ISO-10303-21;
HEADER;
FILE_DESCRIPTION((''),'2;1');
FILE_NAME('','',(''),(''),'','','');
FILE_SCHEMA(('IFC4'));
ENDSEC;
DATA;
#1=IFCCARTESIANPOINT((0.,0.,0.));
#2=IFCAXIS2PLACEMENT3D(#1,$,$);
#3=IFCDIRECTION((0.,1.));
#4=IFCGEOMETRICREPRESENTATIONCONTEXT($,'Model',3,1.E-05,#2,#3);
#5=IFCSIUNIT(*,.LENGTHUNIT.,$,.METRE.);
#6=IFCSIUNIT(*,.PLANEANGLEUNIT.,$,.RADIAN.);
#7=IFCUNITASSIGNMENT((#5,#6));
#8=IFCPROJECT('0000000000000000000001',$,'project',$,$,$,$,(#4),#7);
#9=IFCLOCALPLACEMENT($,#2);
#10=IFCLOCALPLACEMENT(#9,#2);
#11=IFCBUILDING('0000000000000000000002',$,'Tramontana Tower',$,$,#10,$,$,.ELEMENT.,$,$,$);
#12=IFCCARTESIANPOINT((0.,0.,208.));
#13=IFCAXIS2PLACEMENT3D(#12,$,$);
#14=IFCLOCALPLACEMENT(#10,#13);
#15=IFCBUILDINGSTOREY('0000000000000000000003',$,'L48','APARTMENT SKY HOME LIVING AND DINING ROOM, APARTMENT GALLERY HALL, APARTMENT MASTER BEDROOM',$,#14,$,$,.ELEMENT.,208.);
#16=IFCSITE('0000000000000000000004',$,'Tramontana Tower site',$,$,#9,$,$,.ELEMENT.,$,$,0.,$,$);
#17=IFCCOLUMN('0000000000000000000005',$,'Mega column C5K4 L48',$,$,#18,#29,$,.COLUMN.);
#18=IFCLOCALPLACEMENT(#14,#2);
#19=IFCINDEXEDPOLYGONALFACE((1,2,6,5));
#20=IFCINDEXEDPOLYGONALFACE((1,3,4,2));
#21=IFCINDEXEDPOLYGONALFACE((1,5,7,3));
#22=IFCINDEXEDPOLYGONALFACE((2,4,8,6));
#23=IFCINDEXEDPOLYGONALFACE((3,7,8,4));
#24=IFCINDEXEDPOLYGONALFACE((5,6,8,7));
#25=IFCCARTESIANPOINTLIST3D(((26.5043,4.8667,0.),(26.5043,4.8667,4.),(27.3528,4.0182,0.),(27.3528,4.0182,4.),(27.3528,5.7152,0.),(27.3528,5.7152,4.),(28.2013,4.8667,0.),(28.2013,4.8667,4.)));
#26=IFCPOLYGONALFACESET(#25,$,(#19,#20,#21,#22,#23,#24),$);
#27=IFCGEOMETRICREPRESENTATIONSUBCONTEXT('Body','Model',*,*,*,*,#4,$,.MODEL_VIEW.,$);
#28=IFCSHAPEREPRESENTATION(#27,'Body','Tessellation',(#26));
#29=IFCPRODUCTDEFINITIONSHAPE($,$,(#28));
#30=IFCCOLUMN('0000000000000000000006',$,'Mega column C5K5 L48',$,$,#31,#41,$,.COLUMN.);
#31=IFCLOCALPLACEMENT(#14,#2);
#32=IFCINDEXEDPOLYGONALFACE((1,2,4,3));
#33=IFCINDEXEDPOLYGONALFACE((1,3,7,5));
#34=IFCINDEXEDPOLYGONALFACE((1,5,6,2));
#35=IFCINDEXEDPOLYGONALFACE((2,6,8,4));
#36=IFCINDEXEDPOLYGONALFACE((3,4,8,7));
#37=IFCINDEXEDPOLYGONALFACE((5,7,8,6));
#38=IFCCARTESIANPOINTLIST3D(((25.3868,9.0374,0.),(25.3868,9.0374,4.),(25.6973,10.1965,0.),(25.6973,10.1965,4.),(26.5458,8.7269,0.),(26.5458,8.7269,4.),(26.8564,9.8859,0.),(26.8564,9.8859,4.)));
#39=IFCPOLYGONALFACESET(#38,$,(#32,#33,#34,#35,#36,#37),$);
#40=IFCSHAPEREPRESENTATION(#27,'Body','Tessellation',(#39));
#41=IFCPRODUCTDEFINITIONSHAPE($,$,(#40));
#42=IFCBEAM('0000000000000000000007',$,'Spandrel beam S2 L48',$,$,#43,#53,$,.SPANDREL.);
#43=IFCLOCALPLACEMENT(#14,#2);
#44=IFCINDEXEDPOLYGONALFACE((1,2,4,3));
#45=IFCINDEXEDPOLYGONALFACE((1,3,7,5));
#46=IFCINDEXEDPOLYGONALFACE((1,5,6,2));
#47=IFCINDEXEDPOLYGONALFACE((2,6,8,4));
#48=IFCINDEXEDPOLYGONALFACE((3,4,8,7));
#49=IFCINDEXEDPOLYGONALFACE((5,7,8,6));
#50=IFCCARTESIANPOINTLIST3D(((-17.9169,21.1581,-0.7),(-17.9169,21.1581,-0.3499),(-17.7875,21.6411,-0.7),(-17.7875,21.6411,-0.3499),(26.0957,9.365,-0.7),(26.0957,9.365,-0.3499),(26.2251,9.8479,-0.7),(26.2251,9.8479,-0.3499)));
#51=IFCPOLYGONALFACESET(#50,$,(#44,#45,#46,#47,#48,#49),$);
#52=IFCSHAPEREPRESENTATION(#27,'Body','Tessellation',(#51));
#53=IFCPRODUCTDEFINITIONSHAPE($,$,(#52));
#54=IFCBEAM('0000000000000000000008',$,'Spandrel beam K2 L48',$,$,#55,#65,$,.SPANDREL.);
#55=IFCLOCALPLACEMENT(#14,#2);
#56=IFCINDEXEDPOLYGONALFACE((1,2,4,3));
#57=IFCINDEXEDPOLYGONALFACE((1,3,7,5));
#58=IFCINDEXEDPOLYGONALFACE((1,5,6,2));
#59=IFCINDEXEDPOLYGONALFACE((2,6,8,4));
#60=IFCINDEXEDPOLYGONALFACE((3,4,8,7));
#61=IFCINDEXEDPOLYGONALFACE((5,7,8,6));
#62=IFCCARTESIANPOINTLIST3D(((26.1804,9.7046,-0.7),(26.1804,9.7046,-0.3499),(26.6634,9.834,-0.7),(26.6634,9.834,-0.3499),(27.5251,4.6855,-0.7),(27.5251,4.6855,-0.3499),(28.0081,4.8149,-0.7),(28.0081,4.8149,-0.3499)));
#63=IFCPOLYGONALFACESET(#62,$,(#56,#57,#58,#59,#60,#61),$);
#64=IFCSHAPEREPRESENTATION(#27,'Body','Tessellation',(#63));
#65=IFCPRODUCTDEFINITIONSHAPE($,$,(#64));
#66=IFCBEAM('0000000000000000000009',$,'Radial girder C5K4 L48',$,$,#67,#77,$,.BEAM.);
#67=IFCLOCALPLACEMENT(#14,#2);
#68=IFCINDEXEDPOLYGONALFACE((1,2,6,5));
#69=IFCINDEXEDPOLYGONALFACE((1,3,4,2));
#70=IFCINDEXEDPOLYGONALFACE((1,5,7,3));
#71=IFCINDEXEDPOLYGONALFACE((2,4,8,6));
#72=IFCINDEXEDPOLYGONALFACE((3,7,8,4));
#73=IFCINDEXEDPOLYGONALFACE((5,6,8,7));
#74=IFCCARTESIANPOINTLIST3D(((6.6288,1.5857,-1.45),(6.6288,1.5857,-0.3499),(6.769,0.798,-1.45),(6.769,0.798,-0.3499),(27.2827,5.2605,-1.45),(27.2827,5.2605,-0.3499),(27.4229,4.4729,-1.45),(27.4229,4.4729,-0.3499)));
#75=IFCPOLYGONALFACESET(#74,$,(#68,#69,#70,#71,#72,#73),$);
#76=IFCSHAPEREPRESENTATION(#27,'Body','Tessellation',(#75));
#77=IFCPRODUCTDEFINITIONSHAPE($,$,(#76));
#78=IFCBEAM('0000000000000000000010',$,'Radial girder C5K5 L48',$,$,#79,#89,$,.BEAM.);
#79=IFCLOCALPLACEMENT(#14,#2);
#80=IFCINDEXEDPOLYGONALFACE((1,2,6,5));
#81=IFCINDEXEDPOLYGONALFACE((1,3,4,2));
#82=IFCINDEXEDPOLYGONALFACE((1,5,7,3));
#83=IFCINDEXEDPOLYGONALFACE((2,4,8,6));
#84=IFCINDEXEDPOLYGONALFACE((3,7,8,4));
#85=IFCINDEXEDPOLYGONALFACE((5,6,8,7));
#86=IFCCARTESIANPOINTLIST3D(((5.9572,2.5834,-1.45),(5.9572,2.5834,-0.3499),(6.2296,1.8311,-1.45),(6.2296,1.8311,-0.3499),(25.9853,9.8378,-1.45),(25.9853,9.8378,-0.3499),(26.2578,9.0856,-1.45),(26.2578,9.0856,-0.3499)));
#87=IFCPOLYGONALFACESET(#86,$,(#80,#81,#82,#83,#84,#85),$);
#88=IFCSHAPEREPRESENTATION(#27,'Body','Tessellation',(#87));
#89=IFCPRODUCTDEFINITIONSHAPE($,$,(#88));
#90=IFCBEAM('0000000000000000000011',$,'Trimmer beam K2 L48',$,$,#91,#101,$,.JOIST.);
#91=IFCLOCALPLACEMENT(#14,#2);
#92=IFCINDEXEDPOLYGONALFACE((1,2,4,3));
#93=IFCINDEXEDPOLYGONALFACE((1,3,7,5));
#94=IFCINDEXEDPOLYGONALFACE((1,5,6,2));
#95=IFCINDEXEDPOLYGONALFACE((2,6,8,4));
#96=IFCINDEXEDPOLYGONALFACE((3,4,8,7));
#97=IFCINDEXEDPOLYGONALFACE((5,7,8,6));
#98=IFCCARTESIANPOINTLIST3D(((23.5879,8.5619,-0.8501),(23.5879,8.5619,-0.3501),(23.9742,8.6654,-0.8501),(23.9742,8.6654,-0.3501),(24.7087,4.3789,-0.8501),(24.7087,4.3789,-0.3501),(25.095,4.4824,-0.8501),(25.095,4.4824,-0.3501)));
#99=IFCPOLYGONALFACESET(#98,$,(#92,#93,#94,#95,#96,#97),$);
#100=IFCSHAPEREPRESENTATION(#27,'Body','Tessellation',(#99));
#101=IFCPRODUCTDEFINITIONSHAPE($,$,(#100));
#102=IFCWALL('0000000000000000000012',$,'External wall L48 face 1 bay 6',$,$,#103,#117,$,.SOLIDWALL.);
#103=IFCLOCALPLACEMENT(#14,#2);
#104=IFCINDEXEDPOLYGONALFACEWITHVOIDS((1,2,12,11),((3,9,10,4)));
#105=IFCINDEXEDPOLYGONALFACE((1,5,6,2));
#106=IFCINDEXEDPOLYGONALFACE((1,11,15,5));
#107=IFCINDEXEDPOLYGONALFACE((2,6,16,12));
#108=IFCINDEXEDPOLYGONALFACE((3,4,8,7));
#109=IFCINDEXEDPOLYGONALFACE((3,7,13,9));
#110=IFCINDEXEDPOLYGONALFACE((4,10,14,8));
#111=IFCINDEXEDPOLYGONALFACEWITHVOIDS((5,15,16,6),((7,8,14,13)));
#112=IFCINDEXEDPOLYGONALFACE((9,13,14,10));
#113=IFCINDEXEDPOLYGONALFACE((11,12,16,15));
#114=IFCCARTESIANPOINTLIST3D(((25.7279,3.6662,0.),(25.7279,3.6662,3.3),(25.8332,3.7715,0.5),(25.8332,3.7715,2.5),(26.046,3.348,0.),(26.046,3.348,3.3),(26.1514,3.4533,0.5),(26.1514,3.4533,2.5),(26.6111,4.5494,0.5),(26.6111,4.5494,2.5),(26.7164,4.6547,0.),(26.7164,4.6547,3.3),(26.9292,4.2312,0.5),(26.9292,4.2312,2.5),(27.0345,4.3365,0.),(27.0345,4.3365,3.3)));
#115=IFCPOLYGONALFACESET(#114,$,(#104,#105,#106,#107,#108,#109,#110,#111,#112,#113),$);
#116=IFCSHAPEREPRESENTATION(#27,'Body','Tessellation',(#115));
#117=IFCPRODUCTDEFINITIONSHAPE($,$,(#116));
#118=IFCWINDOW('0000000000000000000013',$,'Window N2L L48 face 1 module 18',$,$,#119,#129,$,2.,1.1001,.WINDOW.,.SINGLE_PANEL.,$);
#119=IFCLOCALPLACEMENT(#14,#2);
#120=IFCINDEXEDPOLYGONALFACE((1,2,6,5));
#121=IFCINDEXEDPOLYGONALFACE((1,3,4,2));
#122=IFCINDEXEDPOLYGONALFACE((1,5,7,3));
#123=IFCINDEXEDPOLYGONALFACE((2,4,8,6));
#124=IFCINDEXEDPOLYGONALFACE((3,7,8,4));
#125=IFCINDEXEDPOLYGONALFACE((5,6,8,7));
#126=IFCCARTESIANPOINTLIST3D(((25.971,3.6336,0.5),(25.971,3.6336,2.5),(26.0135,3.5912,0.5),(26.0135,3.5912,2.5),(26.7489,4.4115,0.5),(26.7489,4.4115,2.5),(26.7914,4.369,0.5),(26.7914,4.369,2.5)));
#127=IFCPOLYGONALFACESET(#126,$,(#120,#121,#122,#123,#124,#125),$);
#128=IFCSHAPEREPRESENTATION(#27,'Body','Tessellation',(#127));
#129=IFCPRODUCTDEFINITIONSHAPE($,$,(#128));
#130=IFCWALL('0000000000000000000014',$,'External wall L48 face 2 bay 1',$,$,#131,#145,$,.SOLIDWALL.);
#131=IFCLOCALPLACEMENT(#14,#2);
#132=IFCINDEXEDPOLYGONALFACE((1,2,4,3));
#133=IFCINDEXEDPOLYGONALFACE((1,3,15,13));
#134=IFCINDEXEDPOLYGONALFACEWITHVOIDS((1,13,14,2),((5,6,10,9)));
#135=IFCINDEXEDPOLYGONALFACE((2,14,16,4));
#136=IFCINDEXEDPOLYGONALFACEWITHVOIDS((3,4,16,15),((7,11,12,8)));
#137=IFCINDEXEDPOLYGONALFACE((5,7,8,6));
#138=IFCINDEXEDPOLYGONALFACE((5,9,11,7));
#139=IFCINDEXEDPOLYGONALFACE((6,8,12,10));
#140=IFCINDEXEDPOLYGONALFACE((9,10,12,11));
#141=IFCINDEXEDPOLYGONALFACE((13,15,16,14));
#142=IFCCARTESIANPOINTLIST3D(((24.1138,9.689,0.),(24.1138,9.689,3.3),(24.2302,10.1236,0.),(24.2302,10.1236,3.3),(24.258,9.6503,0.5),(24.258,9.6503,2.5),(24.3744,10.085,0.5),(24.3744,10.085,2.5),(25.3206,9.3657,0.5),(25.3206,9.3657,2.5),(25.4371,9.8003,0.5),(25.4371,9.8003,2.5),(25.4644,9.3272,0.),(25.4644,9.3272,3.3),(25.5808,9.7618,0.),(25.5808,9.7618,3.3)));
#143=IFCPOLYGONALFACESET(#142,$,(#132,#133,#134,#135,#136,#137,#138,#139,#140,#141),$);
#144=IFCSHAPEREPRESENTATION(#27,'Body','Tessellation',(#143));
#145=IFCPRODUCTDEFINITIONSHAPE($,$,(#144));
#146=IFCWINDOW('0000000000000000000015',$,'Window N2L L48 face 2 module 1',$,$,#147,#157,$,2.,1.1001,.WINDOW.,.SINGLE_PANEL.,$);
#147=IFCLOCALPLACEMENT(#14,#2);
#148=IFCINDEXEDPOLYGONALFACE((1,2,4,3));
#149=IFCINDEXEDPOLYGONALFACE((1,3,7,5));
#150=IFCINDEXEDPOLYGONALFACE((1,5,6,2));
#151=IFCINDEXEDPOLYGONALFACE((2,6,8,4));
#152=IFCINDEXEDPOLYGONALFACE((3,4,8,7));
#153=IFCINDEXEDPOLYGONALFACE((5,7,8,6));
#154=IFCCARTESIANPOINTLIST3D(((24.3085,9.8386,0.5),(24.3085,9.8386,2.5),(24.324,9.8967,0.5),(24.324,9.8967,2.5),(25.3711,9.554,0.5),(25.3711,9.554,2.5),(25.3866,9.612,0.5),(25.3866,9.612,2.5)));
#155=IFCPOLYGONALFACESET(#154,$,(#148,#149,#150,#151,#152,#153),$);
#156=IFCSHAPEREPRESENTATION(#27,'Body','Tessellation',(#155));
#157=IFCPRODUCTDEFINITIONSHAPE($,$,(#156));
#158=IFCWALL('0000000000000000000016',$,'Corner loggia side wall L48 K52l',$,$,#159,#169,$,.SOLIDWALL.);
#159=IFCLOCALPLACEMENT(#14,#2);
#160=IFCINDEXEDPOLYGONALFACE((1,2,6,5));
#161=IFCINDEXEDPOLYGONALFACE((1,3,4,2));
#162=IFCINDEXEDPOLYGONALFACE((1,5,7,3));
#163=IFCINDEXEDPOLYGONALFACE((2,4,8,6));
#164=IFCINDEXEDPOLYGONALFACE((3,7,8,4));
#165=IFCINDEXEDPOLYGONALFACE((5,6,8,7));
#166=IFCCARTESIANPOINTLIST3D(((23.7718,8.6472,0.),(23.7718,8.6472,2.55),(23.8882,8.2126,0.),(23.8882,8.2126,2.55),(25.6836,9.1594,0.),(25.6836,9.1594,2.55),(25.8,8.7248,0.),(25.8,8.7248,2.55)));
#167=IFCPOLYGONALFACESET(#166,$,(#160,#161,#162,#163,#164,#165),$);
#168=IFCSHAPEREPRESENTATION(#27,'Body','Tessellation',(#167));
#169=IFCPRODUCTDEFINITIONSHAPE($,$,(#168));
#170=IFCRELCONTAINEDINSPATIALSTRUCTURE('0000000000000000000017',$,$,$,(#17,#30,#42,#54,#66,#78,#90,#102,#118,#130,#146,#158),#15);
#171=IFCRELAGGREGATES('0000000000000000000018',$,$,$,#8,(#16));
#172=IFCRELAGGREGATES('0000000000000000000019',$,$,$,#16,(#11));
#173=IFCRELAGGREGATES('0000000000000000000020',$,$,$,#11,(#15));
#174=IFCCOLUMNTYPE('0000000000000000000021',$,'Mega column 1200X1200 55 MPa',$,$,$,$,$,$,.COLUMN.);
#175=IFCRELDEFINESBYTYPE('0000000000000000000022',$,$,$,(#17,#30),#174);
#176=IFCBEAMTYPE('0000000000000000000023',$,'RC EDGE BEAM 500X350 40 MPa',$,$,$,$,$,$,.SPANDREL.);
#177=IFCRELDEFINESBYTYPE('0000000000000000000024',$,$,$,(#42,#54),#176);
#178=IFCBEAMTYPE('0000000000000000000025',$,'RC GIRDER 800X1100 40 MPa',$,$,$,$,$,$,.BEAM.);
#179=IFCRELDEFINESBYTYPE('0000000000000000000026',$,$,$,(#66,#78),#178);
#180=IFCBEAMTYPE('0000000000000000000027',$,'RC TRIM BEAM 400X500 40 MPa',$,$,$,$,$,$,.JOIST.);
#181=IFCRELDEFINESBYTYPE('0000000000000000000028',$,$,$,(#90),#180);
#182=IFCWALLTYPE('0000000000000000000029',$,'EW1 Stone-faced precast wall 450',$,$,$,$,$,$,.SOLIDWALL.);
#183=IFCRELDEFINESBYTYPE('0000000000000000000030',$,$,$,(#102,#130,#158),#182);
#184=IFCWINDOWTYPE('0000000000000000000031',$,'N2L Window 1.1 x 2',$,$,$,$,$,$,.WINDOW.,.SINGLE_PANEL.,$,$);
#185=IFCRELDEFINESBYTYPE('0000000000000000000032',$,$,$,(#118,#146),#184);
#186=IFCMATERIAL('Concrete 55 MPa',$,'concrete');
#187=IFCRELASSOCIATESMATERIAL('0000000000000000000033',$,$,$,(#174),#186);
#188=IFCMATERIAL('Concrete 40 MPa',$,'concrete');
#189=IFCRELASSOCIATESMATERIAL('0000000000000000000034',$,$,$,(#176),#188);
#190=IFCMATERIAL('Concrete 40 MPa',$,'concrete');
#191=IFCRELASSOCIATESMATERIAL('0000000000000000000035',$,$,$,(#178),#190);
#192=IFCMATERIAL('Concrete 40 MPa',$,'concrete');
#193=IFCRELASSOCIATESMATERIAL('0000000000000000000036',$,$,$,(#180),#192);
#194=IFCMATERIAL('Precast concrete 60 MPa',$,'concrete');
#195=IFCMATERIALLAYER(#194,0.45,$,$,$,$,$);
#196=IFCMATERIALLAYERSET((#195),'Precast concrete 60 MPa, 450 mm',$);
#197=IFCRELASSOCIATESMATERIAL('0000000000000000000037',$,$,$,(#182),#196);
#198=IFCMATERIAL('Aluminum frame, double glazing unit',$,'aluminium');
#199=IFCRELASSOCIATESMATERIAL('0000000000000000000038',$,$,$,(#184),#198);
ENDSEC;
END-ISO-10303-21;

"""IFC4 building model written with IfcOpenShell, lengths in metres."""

from ifc_helpers import new_model, si_unit, direction, frame, frame_2d, origin, origin_2d, place, context, subcontext, project, spatial, rectangle, extrude, material, layer, layer_set, material_profile, profile_set, type_object, element, fill, save


model = new_model("IFC4")

# Units and contexts
model_context = context("Model", 3, precision=1e-05, world=origin(), true_north=direction((0.0, 1.0)))
body_context = subcontext(model_context, "Body", "Model", "MODEL_VIEW")
ifc_project = project(units=[si_unit("LENGTHUNIT", "METRE"), si_unit("PLANEANGLEUNIT", "RADIAN")], contexts=[model_context])

# Site, building, storey
site_placement = place(None, origin())
site = spatial("IfcSite", under=ifc_project, at=site_placement, Name="Tramontana Tower site", CompositionType="ELEMENT", RefElevation=0.0)
building_placement = place(site_placement, origin())
building = spatial("IfcBuilding", under=site, at=building_placement, Name="Tramontana Tower", CompositionType="ELEMENT")
storey_placement = place(building_placement, frame((0.0, 0.0, 208.0)))
storey = spatial("IfcBuildingStorey", under=building, at=storey_placement, Name="L48", Description="APARTMENT SKY HOME LIVING AND DINING ROOM, APARTMENT GALLERY HALL, APARTMENT MASTER BEDROOM", CompositionType="ELEMENT", Elevation=208.0)

# Columns
ifc_material_1 = material(Name="Concrete 55 MPa", Category="concrete")
ifc_material_profile_1 = material_profile(ifc_material_1, rectangle(XDim=1.2, YDim=1.2, at=origin_2d()), Name="Mega column 1200X1200 55 MPa")
ifc_profile_set_1 = profile_set([ifc_material_profile_1], Name="Concrete 55 MPa")
column_type = type_object("IfcColumnType", Name="Mega column 1200X1200 55 MPa", PredefinedType="COLUMN", material=ifc_profile_set_1)
for number, where, z_axis, x_axis, name in (
    (1, (27.3528, 4.8667, 0.0), (0.0, 0.0, 1.0), (0.707107, 0.707107, 0.0), "Mega column C5K4 L48"),
    (2, (26.1216, 9.4617, 0.0), (0.0, 0.0, 1.0), (-0.965926, 0.258819, 0.0), "Mega column C5K5 L48"),
):
    element("IfcColumn", number, at=place(storey_placement, frame(where, z_axis=z_axis, x_axis=x_axis)), inside=storey, type_object=column_type, Name=name, PredefinedType="COLUMN", context=body_context, shape_type="SweptSolid", body=[
        extrude(rectangle(XDim=1.2, YDim=1.2, at=origin_2d()), origin(), (0.0, 0.0, 1.0), 4.0),
    ])

# Beams
ifc_material_2 = material(Name="Concrete 40 MPa", Category="concrete")
ifc_material_profile_2 = material_profile(ifc_material_2, rectangle(XDim=0.5, YDim=0.3501, at=origin_2d()), Name="RC EDGE BEAM 500X350 40 MPa")
ifc_profile_set_2 = profile_set([ifc_material_profile_2], Name="Concrete 40 MPa")
beam_type_1 = type_object("IfcBeamType", Name="RC EDGE BEAM 500X350 40 MPa", PredefinedType="SPANDREL", material=ifc_profile_set_2)
beam_1_placement = place(storey_placement, frame((26.1604, 9.6064, -0.5249), z_axis=(-0.965926, 0.25882, 0.0), x_axis=(-0.25882, -0.965926, 0.0)))
element("IfcBeam", 3, at=beam_1_placement, inside=storey, type_object=beam_type_1, Name="Spandrel beam S2 L48", PredefinedType="SPANDREL", context=body_context, shape_type="SweptSolid", body=[
    extrude(rectangle(XDim=0.5, YDim=0.3501, at=origin_2d()), origin(), (0.0, 0.0, 1.0), 45.5652),
])
beam_2_placement = place(storey_placement, frame((27.7666, 4.7502, -0.5249), z_axis=(-0.258797, 0.965932, 0.0), x_axis=(-0.965932, -0.258797, 0.0)))
element("IfcBeam", 4, at=beam_2_placement, inside=storey, type_object=beam_type_1, Name="Spandrel beam K2 L48", PredefinedType="SPANDREL", context=body_context, shape_type="SweptSolid", body=[
    extrude(rectangle(XDim=0.5, YDim=0.3501, at=origin_2d()), origin(), (0.0, 0.0, 1.0), 5.196),
])
ifc_material_3 = material(Name="Concrete 40 MPa", Category="concrete")
ifc_material_profile_3 = material_profile(ifc_material_3, rectangle(XDim=0.8, YDim=1.1001, at=origin_2d()), Name="RC GIRDER 800X1100 40 MPa")
ifc_profile_set_3 = profile_set([ifc_material_profile_3], Name="Concrete 40 MPa")
beam_type_2 = type_object("IfcBeamType", Name="RC GIRDER 800X1100 40 MPa", PredefinedType="BEAM", material=ifc_profile_set_3)
beam_3_placement = place(storey_placement, frame((27.3528, 4.8667, -0.8999), z_axis=(-0.984538, -0.175173, 0.0), x_axis=(0.175173, -0.984538, 0.0)))
element("IfcBeam", 5, at=beam_3_placement, inside=storey, type_object=beam_type_2, Name="Radial girder C5K4 L48", PredefinedType="BEAM", context=body_context, shape_type="SweptSolid", body=[
    extrude(rectangle(XDim=0.8, YDim=1.1001, at=origin_2d()), origin(), (0.0, 0.0, 1.0), 20.9783),
])
beam_4_placement = place(storey_placement, frame((26.1216, 9.4617, -0.8999), z_axis=(-0.940223, -0.340559, 0.0), x_axis=(0.340559, -0.940223, 0.0)))
element("IfcBeam", 6, at=beam_4_placement, inside=storey, type_object=beam_type_2, Name="Radial girder C5K5 L48", PredefinedType="BEAM", context=body_context, shape_type="SweptSolid", body=[
    extrude(rectangle(XDim=0.8, YDim=1.1001, at=origin_2d()), origin(), (0.0, 0.0, 1.0), 21.3015),
])
ifc_material_4 = material(Name="Concrete 40 MPa", Category="concrete")
ifc_material_profile_4 = material_profile(ifc_material_4, rectangle(XDim=0.3999, YDim=0.5, at=origin_2d()), Name="RC TRIM BEAM 400X500 40 MPa")
ifc_profile_set_4 = profile_set([ifc_material_profile_4], Name="Concrete 40 MPa")
beam_type_3 = type_object("IfcBeamType", Name="RC TRIM BEAM 400X500 40 MPa", PredefinedType="JOIST", material=ifc_profile_set_4)
beam_5_placement = place(storey_placement, frame((24.9019, 4.4307, -0.6001), z_axis=(-0.258817, 0.965926, 0.0), x_axis=(-0.965926, -0.258817, 0.0)))
element("IfcBeam", 7, at=beam_5_placement, inside=storey, type_object=beam_type_3, Name="Trimmer beam K2 L48", PredefinedType="JOIST", context=body_context, shape_type="SweptSolid", body=[
    extrude(rectangle(XDim=0.3999, YDim=0.5, at=origin_2d()), origin(), (0.0, 0.0, 1.0), 4.3306),
])

# Walls, openings, windows
ifc_material_5 = material(Name="Precast concrete 60 MPa", Category="concrete")
ifc_layer_1 = layer(ifc_material_5, 0.45)
ifc_layer_set_1 = layer_set([ifc_layer_1], Name="Precast concrete 60 MPa, 450 mm")
wall_type_1 = type_object("IfcWallType", Name="EW1 Stone-faced precast wall 450", PredefinedType="SOLIDWALL", material=ifc_layer_set_1)
wall_1_placement = place(storey_placement, frame((25.887, 3.5071, 0.0), z_axis=(0.0, 0.0, 1.0), x_axis=(0.707107, 0.707107, 0.0)))
wall_1 = element("IfcWall", 8, at=wall_1_placement, inside=storey, type_object=wall_type_1, Name="External wall L48 face 1 bay 6", PredefinedType="SOLIDWALL", context=body_context, shape_type="SweptSolid", body=[
    extrude(rectangle(XDim=1.3979, YDim=0.45, at=frame_2d((0.699, 0.0))), origin(), (0.0, 0.0, 1.0), 3.3),
])
opening_1_placement = place(wall_1_placement, frame((0.1489, 0.0, 0.5)))
opening_1 = element("IfcOpeningElement", 9, at=opening_1_placement, cuts=wall_1, PredefinedType="OPENING", context=body_context, shape_type="SweptSolid", body=[
    extrude(rectangle(XDim=1.1001, YDim=2.0, at=frame_2d((0.55, 1.0))), frame((0.0, 0.2349, 0.0), z_axis=(0.0, -1.0, 0.0), x_axis=(1.0, 0.0, 0.0)), (0.0, 0.0, 1.0), 0.47),
])
ifc_material_6 = material(Name="Aluminum frame, double glazing unit", Category="aluminium")
window_type = type_object("IfcWindowType", Name="N2L Window 1.1 x 2", PartitioningType="SINGLE_PANEL", PredefinedType="WINDOW", material=ifc_material_6)
window_1_placement = place(opening_1_placement, origin())
window_1 = element("IfcWindow", 10, at=window_1_placement, inside=storey, type_object=window_type, Name="Window N2L L48 face 1 module 18", OverallHeight=2.0, OverallWidth=1.1001, PartitioningType="SINGLE_PANEL", PredefinedType="WINDOW", context=body_context, shape_type="SweptSolid", body=[
    extrude(rectangle(XDim=1.1001, YDim=2.0, at=frame_2d((0.55, 1.0))), frame((0.0, 0.03, 0.0), z_axis=(0.0, -1.0, 0.0), x_axis=(1.0, 0.0, 0.0)), (0.0, 0.0, 1.0), 0.0601),
])
fill(opening_1, window_1)
wall_2_placement = place(storey_placement, frame((25.5227, 9.5444, 0.0), z_axis=(0.0, 0.0, 1.0), x_axis=(-0.965939, 0.258771, 0.0)))
wall_2 = element("IfcWall", 11, at=wall_2_placement, inside=storey, type_object=wall_type_1, Name="External wall L48 face 2 bay 1", PredefinedType="SOLIDWALL", context=body_context, shape_type="SweptSolid", body=[
    extrude(rectangle(XDim=1.3982, YDim=0.45, at=frame_2d((0.6992, 0.0))), origin(), (0.0, 0.0, 1.0), 3.3),
])
opening_2_placement = place(wall_2_placement, frame((0.1489, 0.0, 0.5)))
opening_2 = element("IfcOpeningElement", 12, at=opening_2_placement, cuts=wall_2, PredefinedType="OPENING", context=body_context, shape_type="SweptSolid", body=[
    extrude(rectangle(XDim=1.1001, YDim=2.0, at=frame_2d((0.55, 1.0))), frame((0.0, 0.2349, 0.0), z_axis=(0.0, -1.0, 0.0), x_axis=(1.0, 0.0, 0.0)), (0.0, 0.0, 1.0), 0.47),
])
window_2_placement = place(opening_2_placement, origin())
window_2 = element("IfcWindow", 13, at=window_2_placement, inside=storey, type_object=window_type, Name="Window N2L L48 face 2 module 1", OverallHeight=2.0, OverallWidth=1.1001, PartitioningType="SINGLE_PANEL", PredefinedType="WINDOW", context=body_context, shape_type="SweptSolid", body=[
    extrude(rectangle(XDim=1.1001, YDim=2.0, at=frame_2d((0.55, 1.0))), frame((0.0, 0.03, 0.0), z_axis=(0.0, -1.0, 0.0), x_axis=(1.0, 0.0, 0.0)), (0.0, 0.0, 1.0), 0.0601),
])
fill(opening_2, window_2)

# Wall
wall_3_placement = place(storey_placement, frame((25.7419, 8.9421, 0.0), z_axis=(0.0, 0.0, 1.0), x_axis=(-0.965935, -0.258783, 0.0)))
element("IfcWall", 14, at=wall_3_placement, inside=storey, type_object=wall_type_1, Name="Corner loggia side wall L48 K52l", PredefinedType="SOLIDWALL", context=body_context, shape_type="SweptSolid", body=[
    extrude(rectangle(XDim=1.9792, YDim=0.45, at=frame_2d((0.9897, 0.0))), origin(), (0.0, 0.0, 1.0), 2.55),
])

save(model, "model.ifc")
